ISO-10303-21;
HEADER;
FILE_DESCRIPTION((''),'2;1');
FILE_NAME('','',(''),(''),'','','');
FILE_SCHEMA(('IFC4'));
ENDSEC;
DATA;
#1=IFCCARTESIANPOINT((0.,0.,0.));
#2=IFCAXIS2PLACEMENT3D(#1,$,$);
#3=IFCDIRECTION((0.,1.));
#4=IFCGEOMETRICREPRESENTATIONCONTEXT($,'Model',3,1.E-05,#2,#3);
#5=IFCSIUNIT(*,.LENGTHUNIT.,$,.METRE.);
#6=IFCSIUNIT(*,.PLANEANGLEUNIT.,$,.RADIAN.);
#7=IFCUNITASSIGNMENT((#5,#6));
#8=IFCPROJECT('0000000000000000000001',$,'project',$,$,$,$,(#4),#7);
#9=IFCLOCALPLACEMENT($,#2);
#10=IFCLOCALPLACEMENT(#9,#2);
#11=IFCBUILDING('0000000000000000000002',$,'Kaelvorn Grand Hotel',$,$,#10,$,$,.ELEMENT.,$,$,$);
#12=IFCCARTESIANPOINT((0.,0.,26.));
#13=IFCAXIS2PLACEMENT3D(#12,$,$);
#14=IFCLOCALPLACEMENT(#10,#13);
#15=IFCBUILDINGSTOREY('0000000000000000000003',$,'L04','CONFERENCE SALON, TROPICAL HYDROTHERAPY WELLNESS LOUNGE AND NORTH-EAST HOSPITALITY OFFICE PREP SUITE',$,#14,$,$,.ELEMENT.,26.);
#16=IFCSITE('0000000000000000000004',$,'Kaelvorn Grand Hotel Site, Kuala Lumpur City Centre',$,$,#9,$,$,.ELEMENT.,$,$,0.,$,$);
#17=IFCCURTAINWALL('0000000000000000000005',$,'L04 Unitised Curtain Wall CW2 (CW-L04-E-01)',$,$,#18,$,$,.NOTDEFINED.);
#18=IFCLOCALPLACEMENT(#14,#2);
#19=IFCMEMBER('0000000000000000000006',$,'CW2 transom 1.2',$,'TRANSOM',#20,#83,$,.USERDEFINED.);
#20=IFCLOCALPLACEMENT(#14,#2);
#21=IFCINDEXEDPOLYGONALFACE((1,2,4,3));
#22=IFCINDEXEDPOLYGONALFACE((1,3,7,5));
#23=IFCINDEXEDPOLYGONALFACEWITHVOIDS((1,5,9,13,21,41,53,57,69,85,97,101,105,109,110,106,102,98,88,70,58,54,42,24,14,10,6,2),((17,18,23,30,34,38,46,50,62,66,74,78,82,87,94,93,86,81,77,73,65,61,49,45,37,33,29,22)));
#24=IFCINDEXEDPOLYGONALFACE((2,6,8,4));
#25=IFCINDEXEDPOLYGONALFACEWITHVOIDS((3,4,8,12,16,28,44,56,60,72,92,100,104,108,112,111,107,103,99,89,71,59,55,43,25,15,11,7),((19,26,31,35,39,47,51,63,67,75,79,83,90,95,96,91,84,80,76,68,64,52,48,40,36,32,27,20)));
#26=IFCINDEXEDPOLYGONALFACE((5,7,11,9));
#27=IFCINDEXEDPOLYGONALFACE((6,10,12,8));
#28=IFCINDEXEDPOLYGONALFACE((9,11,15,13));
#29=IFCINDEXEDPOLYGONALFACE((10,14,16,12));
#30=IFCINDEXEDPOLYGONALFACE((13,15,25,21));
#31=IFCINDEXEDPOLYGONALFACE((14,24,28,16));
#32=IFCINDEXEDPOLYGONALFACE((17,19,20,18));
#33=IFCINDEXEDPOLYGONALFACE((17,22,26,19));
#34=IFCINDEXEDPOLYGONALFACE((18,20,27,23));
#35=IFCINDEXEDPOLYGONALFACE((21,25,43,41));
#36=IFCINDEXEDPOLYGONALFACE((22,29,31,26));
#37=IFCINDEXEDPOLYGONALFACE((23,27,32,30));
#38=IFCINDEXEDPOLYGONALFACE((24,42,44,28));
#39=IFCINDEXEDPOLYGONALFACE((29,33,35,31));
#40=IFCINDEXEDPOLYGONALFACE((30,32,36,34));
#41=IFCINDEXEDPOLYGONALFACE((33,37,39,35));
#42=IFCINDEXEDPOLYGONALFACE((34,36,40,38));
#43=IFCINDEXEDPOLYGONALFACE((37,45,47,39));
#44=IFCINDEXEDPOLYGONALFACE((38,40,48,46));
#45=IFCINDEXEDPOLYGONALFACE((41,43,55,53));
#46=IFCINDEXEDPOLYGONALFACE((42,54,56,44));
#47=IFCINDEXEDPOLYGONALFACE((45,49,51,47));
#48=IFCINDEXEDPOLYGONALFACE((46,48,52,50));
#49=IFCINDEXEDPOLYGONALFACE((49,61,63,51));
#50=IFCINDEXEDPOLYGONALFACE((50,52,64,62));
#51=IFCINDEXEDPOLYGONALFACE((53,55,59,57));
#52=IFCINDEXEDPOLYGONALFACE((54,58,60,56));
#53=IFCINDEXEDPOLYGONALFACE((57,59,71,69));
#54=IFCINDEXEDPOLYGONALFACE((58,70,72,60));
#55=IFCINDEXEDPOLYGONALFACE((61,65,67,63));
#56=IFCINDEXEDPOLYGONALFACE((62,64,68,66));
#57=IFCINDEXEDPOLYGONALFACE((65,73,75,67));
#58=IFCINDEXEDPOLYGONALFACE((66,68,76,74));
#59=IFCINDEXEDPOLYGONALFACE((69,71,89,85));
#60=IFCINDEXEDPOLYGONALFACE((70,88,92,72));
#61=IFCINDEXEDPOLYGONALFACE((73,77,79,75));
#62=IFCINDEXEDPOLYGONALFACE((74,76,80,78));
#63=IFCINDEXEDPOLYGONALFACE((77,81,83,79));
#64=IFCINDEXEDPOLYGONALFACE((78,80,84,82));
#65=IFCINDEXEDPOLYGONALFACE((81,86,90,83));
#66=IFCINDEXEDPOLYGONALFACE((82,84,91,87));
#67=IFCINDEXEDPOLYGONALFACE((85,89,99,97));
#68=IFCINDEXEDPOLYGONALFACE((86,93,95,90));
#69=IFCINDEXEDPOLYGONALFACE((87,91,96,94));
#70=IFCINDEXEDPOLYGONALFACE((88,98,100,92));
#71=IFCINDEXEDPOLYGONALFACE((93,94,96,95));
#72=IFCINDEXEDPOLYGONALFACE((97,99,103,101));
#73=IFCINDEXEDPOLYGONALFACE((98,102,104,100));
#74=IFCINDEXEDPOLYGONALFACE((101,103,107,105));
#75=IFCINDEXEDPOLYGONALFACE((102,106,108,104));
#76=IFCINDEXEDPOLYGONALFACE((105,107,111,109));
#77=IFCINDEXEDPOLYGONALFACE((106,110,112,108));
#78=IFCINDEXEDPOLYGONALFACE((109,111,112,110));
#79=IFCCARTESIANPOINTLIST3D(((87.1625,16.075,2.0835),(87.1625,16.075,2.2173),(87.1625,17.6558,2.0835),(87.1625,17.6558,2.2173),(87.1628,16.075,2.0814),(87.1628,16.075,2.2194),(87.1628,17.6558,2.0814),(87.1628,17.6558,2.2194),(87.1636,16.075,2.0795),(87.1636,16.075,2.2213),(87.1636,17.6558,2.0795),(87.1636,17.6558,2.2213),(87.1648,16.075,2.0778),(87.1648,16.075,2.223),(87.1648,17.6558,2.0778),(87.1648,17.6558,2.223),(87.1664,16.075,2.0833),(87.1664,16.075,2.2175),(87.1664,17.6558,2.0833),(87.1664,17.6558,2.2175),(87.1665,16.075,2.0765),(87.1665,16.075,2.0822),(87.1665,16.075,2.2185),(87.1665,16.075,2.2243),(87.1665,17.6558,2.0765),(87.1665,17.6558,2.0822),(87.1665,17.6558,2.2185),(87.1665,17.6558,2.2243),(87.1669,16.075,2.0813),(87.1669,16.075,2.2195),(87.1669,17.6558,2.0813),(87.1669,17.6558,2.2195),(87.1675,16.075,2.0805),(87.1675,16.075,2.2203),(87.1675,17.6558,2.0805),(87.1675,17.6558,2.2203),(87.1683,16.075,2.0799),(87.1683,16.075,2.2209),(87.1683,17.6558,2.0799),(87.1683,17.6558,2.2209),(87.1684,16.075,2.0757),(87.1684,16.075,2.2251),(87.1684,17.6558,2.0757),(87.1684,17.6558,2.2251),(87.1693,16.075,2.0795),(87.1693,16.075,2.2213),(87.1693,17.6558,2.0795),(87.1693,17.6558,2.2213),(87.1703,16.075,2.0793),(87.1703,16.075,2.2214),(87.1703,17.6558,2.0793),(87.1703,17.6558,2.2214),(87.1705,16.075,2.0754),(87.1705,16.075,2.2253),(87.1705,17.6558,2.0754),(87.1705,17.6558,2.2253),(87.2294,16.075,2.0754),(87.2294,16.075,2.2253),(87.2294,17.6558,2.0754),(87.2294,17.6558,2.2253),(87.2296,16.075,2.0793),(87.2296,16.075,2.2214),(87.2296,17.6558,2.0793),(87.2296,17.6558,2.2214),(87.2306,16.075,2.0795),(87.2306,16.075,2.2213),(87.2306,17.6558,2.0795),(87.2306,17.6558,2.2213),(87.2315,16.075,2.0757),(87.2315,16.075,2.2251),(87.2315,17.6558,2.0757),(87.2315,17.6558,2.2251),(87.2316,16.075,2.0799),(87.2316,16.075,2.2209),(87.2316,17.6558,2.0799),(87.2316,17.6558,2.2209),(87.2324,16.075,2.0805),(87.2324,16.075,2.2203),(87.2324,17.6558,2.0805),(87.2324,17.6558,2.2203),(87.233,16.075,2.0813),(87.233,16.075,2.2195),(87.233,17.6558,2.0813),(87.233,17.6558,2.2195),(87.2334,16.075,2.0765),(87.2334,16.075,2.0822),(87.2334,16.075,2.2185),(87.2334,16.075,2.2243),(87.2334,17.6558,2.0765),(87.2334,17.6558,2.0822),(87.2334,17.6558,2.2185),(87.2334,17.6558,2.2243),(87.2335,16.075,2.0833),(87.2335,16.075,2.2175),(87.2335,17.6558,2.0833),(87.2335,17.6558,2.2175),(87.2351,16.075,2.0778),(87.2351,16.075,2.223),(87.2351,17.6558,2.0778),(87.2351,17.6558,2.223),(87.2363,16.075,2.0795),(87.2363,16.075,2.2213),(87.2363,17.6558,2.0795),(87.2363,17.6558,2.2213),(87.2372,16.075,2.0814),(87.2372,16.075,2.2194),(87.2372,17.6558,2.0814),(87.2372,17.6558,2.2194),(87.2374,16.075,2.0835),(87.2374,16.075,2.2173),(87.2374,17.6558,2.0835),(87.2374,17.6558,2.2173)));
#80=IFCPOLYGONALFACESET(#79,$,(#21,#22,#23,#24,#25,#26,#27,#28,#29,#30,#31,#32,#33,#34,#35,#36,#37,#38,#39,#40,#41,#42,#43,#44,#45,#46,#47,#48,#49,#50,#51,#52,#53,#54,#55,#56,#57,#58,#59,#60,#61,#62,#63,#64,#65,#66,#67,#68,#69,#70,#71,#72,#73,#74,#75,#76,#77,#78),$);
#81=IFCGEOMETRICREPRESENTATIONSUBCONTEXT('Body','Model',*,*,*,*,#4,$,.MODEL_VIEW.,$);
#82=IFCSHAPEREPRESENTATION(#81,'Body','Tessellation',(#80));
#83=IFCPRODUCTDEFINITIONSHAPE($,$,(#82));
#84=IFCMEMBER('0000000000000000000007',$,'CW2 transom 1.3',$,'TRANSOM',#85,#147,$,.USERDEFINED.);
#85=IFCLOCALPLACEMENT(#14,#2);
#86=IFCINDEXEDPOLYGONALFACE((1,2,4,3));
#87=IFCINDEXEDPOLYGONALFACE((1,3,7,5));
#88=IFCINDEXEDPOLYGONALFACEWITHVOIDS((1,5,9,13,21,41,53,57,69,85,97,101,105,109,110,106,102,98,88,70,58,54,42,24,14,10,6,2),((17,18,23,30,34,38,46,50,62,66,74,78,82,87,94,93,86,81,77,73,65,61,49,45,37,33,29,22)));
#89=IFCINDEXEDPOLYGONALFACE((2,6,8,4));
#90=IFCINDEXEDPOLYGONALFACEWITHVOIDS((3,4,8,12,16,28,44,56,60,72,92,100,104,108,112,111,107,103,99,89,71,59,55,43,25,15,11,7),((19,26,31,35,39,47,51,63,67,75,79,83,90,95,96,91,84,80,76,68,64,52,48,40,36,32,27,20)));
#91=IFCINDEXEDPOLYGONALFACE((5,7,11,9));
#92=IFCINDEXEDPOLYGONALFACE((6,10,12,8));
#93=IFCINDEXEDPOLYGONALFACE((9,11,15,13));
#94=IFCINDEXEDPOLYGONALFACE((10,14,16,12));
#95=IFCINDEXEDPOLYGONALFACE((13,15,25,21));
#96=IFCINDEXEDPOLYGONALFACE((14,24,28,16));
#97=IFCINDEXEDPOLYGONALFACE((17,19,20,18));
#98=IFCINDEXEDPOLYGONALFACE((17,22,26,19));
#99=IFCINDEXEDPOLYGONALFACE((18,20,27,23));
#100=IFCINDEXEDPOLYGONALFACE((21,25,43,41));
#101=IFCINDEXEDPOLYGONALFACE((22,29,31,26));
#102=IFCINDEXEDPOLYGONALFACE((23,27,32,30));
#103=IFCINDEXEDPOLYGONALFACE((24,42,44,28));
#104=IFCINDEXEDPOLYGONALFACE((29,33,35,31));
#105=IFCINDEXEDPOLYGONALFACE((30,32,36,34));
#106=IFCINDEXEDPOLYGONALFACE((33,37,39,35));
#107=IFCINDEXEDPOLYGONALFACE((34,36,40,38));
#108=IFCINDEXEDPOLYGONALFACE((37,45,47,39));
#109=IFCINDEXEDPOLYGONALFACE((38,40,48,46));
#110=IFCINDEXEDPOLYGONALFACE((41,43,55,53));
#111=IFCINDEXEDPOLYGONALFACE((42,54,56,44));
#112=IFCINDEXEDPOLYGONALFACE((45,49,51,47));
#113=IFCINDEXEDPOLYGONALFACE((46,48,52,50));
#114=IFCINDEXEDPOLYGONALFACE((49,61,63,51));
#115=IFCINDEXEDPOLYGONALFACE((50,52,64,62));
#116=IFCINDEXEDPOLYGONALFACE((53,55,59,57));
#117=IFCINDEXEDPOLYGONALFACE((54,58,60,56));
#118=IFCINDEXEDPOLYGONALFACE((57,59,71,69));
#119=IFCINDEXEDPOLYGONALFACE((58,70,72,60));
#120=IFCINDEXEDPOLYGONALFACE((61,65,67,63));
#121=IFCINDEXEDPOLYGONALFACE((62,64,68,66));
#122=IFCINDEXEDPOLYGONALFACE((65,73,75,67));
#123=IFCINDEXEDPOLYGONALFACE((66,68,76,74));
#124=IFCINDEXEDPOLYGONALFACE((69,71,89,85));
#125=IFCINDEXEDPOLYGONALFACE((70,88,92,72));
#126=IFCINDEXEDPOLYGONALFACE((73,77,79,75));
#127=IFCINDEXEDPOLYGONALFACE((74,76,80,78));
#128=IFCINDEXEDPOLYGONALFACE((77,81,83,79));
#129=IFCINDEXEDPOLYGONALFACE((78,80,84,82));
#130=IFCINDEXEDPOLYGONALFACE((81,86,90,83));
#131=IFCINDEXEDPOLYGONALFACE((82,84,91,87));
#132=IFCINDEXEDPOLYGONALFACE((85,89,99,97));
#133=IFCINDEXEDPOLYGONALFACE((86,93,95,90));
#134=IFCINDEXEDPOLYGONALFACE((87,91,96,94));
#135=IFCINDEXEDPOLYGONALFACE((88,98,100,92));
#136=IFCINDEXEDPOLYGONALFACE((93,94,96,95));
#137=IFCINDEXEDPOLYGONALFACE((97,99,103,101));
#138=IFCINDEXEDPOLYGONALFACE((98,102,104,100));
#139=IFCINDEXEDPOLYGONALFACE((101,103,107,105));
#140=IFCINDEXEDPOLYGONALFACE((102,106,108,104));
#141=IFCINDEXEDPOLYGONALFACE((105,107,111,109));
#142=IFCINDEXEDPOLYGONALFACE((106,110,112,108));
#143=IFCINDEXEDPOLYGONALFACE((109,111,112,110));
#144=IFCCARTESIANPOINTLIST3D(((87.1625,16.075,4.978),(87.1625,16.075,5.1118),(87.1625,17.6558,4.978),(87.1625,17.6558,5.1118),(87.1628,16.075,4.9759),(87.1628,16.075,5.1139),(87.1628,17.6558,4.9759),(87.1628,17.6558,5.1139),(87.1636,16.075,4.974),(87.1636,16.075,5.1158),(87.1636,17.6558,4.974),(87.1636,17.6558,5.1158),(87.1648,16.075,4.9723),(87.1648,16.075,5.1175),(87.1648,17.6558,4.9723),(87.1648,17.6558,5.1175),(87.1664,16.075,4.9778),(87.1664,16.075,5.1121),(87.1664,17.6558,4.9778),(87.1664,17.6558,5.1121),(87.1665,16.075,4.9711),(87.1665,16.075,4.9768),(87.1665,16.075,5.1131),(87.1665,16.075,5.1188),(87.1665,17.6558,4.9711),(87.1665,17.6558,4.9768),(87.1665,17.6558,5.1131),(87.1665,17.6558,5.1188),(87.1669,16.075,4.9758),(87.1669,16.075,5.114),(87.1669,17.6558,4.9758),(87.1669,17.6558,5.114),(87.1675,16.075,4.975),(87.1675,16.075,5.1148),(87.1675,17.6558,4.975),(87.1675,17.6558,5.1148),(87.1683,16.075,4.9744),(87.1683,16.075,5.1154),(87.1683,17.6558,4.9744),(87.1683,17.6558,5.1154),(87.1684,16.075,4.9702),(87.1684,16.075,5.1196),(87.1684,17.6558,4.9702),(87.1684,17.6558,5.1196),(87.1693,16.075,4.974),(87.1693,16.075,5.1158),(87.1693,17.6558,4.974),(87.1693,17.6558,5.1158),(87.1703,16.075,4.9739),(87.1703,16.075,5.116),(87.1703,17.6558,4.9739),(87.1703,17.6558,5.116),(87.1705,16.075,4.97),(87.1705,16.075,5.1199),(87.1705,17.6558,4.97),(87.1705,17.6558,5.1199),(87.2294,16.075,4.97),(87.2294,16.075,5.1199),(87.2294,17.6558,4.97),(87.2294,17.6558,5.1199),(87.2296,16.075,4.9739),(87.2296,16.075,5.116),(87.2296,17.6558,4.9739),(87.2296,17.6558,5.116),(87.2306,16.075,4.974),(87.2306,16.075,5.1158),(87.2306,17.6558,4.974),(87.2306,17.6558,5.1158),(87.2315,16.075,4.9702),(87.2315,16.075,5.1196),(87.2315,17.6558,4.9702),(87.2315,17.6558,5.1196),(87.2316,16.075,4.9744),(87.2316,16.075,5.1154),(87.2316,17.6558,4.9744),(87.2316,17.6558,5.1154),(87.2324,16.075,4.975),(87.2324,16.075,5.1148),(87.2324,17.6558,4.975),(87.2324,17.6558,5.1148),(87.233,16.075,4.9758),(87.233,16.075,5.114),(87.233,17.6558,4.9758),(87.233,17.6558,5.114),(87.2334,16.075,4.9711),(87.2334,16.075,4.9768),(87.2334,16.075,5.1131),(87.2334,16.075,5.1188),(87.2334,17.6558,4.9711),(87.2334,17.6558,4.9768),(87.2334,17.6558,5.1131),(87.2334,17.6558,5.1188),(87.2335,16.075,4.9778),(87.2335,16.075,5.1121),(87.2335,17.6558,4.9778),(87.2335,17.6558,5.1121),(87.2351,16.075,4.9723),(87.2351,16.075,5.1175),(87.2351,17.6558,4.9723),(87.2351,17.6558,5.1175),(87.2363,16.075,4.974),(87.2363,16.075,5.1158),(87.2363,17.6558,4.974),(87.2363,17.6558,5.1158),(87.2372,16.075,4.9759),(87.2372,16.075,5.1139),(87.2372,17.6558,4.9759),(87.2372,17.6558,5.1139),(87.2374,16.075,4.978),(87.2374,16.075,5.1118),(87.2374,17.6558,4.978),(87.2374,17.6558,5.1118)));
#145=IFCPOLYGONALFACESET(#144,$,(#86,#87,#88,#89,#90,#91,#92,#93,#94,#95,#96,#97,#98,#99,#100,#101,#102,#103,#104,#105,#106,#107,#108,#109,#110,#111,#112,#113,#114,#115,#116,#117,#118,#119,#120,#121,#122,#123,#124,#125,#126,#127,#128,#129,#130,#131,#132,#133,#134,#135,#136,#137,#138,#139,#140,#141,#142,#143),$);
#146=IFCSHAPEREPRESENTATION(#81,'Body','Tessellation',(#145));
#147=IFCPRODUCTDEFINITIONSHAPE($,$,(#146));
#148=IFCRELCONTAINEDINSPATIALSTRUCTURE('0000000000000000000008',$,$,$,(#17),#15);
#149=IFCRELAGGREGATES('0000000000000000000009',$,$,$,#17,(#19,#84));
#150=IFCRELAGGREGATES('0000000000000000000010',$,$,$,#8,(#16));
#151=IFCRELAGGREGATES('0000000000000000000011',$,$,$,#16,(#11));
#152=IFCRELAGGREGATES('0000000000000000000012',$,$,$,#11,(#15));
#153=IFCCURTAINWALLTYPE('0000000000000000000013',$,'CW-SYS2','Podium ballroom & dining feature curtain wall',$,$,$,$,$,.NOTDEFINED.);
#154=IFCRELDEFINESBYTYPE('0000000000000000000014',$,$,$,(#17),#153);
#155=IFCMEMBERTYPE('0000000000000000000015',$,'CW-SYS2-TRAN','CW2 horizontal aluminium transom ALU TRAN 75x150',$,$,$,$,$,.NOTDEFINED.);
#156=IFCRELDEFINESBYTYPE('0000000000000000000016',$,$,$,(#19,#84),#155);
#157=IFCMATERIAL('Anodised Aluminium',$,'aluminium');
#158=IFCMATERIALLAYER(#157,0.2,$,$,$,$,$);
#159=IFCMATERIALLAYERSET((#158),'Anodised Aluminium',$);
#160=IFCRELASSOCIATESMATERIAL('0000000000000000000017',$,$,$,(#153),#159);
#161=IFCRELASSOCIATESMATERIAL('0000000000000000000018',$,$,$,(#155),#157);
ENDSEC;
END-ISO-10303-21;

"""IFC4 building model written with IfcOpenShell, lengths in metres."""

from ifc_helpers import new_model, si_unit, direction, frame, origin, origin_2d, place, context, subcontext, project, spatial, hollow_rectangle, extrude, material, layer, layer_set, material_profile, profile_set, type_object, element, aggregate, save


model = new_model("IFC4")

# Units and contexts
model_context = context("Model", 3, precision=1e-05, world=origin(), true_north=direction((0.0, 1.0)))
body_context = subcontext(model_context, "Body", "Model", "MODEL_VIEW")
ifc_project = project(units=[si_unit("LENGTHUNIT", "METRE"), si_unit("PLANEANGLEUNIT", "RADIAN")], contexts=[model_context])

# Site, building, storey
site_placement = place(None, origin())
site = spatial("IfcSite", under=ifc_project, at=site_placement, Name="Kaelvorn Grand Hotel Site, Kuala Lumpur City Centre", CompositionType="ELEMENT", RefElevation=0.0)
building_placement = place(site_placement, origin())
building = spatial("IfcBuilding", under=site, at=building_placement, Name="Kaelvorn Grand Hotel", CompositionType="ELEMENT")
storey_placement = place(building_placement, frame((0.0, 0.0, 26.0)))
storey = spatial("IfcBuildingStorey", under=building, at=storey_placement, Name="L04", Description="CONFERENCE SALON, TROPICAL HYDROTHERAPY WELLNESS LOUNGE AND NORTH-EAST HOSPITALITY OFFICE PREP SUITE", CompositionType="ELEMENT", Elevation=26.0)

# Curtain wall, members
ifc_material_1 = material(Name="Anodised Aluminium", Category="aluminium")
ifc_layer_1 = layer(ifc_material_1, 0.2)
ifc_layer_set_1 = layer_set([ifc_layer_1], Name="Anodised Aluminium")
curtain_wall_type = type_object("IfcCurtainWallType", Name="CW-SYS2", Description="Podium ballroom & dining feature curtain wall", PredefinedType="NOTDEFINED", material=ifc_layer_set_1)
curtain_wall_placement = place(storey_placement, origin())
curtain_wall = element("IfcCurtainWall", 1, at=curtain_wall_placement, inside=storey, type_object=curtain_wall_type, Name="L04 Unitised Curtain Wall CW2 (CW-L04-E-01)", PredefinedType="NOTDEFINED")
ifc_material_profile_1 = material_profile(ifc_material_1, hollow_rectangle(XDim=0.075, YDim=0.1499, WallThickness=0.0039, InnerFilletRadius=0.0039, OuterFilletRadius=0.0081, at=origin_2d()), Name="ALU TRAN 75x150")
ifc_profile_set_1 = profile_set([ifc_material_profile_1], Name="Anodised Aluminium")
member_type_1 = type_object("IfcMemberType", Name="CW-SYS2-TRAN", Description="CW2 horizontal aluminium transom ALU TRAN 75x150", PredefinedType="NOTDEFINED", material=ifc_profile_set_1)
member_1_placement = place(storey_placement, frame((87.2, 16.075, 2.1504), z_axis=(0.0, 1.0, 0.0), x_axis=(-1.0, 0.0, 0.0)))
member_1 = element("IfcMember", 2, at=member_1_placement, type_object=member_type_1, Name="CW2 transom 1.2", ObjectType="TRANSOM", PredefinedType="USERDEFINED", context=body_context, shape_type="SweptSolid", body=[
    extrude(hollow_rectangle(XDim=0.075, YDim=0.1499, WallThickness=0.0039, InnerFilletRadius=0.0039, OuterFilletRadius=0.0081, at=origin_2d()), origin(), (0.0, 0.0, 1.0), 1.5808),
])
member_2_placement = place(storey_placement, frame((87.2, 16.075, 5.0449), z_axis=(0.0, 1.0, 0.0), x_axis=(-1.0, 0.0, 0.0)))
member_2 = element("IfcMember", 3, at=member_2_placement, type_object=member_type_1, Name="CW2 transom 1.3", ObjectType="TRANSOM", PredefinedType="USERDEFINED", context=body_context, shape_type="SweptSolid", body=[
    extrude(hollow_rectangle(XDim=0.075, YDim=0.1499, WallThickness=0.0039, InnerFilletRadius=0.0039, OuterFilletRadius=0.0081, at=origin_2d()), origin(), (0.0, 0.0, 1.0), 1.5808),
])
aggregate(curtain_wall, [member_1, member_2])

save(model, "model.ifc")
